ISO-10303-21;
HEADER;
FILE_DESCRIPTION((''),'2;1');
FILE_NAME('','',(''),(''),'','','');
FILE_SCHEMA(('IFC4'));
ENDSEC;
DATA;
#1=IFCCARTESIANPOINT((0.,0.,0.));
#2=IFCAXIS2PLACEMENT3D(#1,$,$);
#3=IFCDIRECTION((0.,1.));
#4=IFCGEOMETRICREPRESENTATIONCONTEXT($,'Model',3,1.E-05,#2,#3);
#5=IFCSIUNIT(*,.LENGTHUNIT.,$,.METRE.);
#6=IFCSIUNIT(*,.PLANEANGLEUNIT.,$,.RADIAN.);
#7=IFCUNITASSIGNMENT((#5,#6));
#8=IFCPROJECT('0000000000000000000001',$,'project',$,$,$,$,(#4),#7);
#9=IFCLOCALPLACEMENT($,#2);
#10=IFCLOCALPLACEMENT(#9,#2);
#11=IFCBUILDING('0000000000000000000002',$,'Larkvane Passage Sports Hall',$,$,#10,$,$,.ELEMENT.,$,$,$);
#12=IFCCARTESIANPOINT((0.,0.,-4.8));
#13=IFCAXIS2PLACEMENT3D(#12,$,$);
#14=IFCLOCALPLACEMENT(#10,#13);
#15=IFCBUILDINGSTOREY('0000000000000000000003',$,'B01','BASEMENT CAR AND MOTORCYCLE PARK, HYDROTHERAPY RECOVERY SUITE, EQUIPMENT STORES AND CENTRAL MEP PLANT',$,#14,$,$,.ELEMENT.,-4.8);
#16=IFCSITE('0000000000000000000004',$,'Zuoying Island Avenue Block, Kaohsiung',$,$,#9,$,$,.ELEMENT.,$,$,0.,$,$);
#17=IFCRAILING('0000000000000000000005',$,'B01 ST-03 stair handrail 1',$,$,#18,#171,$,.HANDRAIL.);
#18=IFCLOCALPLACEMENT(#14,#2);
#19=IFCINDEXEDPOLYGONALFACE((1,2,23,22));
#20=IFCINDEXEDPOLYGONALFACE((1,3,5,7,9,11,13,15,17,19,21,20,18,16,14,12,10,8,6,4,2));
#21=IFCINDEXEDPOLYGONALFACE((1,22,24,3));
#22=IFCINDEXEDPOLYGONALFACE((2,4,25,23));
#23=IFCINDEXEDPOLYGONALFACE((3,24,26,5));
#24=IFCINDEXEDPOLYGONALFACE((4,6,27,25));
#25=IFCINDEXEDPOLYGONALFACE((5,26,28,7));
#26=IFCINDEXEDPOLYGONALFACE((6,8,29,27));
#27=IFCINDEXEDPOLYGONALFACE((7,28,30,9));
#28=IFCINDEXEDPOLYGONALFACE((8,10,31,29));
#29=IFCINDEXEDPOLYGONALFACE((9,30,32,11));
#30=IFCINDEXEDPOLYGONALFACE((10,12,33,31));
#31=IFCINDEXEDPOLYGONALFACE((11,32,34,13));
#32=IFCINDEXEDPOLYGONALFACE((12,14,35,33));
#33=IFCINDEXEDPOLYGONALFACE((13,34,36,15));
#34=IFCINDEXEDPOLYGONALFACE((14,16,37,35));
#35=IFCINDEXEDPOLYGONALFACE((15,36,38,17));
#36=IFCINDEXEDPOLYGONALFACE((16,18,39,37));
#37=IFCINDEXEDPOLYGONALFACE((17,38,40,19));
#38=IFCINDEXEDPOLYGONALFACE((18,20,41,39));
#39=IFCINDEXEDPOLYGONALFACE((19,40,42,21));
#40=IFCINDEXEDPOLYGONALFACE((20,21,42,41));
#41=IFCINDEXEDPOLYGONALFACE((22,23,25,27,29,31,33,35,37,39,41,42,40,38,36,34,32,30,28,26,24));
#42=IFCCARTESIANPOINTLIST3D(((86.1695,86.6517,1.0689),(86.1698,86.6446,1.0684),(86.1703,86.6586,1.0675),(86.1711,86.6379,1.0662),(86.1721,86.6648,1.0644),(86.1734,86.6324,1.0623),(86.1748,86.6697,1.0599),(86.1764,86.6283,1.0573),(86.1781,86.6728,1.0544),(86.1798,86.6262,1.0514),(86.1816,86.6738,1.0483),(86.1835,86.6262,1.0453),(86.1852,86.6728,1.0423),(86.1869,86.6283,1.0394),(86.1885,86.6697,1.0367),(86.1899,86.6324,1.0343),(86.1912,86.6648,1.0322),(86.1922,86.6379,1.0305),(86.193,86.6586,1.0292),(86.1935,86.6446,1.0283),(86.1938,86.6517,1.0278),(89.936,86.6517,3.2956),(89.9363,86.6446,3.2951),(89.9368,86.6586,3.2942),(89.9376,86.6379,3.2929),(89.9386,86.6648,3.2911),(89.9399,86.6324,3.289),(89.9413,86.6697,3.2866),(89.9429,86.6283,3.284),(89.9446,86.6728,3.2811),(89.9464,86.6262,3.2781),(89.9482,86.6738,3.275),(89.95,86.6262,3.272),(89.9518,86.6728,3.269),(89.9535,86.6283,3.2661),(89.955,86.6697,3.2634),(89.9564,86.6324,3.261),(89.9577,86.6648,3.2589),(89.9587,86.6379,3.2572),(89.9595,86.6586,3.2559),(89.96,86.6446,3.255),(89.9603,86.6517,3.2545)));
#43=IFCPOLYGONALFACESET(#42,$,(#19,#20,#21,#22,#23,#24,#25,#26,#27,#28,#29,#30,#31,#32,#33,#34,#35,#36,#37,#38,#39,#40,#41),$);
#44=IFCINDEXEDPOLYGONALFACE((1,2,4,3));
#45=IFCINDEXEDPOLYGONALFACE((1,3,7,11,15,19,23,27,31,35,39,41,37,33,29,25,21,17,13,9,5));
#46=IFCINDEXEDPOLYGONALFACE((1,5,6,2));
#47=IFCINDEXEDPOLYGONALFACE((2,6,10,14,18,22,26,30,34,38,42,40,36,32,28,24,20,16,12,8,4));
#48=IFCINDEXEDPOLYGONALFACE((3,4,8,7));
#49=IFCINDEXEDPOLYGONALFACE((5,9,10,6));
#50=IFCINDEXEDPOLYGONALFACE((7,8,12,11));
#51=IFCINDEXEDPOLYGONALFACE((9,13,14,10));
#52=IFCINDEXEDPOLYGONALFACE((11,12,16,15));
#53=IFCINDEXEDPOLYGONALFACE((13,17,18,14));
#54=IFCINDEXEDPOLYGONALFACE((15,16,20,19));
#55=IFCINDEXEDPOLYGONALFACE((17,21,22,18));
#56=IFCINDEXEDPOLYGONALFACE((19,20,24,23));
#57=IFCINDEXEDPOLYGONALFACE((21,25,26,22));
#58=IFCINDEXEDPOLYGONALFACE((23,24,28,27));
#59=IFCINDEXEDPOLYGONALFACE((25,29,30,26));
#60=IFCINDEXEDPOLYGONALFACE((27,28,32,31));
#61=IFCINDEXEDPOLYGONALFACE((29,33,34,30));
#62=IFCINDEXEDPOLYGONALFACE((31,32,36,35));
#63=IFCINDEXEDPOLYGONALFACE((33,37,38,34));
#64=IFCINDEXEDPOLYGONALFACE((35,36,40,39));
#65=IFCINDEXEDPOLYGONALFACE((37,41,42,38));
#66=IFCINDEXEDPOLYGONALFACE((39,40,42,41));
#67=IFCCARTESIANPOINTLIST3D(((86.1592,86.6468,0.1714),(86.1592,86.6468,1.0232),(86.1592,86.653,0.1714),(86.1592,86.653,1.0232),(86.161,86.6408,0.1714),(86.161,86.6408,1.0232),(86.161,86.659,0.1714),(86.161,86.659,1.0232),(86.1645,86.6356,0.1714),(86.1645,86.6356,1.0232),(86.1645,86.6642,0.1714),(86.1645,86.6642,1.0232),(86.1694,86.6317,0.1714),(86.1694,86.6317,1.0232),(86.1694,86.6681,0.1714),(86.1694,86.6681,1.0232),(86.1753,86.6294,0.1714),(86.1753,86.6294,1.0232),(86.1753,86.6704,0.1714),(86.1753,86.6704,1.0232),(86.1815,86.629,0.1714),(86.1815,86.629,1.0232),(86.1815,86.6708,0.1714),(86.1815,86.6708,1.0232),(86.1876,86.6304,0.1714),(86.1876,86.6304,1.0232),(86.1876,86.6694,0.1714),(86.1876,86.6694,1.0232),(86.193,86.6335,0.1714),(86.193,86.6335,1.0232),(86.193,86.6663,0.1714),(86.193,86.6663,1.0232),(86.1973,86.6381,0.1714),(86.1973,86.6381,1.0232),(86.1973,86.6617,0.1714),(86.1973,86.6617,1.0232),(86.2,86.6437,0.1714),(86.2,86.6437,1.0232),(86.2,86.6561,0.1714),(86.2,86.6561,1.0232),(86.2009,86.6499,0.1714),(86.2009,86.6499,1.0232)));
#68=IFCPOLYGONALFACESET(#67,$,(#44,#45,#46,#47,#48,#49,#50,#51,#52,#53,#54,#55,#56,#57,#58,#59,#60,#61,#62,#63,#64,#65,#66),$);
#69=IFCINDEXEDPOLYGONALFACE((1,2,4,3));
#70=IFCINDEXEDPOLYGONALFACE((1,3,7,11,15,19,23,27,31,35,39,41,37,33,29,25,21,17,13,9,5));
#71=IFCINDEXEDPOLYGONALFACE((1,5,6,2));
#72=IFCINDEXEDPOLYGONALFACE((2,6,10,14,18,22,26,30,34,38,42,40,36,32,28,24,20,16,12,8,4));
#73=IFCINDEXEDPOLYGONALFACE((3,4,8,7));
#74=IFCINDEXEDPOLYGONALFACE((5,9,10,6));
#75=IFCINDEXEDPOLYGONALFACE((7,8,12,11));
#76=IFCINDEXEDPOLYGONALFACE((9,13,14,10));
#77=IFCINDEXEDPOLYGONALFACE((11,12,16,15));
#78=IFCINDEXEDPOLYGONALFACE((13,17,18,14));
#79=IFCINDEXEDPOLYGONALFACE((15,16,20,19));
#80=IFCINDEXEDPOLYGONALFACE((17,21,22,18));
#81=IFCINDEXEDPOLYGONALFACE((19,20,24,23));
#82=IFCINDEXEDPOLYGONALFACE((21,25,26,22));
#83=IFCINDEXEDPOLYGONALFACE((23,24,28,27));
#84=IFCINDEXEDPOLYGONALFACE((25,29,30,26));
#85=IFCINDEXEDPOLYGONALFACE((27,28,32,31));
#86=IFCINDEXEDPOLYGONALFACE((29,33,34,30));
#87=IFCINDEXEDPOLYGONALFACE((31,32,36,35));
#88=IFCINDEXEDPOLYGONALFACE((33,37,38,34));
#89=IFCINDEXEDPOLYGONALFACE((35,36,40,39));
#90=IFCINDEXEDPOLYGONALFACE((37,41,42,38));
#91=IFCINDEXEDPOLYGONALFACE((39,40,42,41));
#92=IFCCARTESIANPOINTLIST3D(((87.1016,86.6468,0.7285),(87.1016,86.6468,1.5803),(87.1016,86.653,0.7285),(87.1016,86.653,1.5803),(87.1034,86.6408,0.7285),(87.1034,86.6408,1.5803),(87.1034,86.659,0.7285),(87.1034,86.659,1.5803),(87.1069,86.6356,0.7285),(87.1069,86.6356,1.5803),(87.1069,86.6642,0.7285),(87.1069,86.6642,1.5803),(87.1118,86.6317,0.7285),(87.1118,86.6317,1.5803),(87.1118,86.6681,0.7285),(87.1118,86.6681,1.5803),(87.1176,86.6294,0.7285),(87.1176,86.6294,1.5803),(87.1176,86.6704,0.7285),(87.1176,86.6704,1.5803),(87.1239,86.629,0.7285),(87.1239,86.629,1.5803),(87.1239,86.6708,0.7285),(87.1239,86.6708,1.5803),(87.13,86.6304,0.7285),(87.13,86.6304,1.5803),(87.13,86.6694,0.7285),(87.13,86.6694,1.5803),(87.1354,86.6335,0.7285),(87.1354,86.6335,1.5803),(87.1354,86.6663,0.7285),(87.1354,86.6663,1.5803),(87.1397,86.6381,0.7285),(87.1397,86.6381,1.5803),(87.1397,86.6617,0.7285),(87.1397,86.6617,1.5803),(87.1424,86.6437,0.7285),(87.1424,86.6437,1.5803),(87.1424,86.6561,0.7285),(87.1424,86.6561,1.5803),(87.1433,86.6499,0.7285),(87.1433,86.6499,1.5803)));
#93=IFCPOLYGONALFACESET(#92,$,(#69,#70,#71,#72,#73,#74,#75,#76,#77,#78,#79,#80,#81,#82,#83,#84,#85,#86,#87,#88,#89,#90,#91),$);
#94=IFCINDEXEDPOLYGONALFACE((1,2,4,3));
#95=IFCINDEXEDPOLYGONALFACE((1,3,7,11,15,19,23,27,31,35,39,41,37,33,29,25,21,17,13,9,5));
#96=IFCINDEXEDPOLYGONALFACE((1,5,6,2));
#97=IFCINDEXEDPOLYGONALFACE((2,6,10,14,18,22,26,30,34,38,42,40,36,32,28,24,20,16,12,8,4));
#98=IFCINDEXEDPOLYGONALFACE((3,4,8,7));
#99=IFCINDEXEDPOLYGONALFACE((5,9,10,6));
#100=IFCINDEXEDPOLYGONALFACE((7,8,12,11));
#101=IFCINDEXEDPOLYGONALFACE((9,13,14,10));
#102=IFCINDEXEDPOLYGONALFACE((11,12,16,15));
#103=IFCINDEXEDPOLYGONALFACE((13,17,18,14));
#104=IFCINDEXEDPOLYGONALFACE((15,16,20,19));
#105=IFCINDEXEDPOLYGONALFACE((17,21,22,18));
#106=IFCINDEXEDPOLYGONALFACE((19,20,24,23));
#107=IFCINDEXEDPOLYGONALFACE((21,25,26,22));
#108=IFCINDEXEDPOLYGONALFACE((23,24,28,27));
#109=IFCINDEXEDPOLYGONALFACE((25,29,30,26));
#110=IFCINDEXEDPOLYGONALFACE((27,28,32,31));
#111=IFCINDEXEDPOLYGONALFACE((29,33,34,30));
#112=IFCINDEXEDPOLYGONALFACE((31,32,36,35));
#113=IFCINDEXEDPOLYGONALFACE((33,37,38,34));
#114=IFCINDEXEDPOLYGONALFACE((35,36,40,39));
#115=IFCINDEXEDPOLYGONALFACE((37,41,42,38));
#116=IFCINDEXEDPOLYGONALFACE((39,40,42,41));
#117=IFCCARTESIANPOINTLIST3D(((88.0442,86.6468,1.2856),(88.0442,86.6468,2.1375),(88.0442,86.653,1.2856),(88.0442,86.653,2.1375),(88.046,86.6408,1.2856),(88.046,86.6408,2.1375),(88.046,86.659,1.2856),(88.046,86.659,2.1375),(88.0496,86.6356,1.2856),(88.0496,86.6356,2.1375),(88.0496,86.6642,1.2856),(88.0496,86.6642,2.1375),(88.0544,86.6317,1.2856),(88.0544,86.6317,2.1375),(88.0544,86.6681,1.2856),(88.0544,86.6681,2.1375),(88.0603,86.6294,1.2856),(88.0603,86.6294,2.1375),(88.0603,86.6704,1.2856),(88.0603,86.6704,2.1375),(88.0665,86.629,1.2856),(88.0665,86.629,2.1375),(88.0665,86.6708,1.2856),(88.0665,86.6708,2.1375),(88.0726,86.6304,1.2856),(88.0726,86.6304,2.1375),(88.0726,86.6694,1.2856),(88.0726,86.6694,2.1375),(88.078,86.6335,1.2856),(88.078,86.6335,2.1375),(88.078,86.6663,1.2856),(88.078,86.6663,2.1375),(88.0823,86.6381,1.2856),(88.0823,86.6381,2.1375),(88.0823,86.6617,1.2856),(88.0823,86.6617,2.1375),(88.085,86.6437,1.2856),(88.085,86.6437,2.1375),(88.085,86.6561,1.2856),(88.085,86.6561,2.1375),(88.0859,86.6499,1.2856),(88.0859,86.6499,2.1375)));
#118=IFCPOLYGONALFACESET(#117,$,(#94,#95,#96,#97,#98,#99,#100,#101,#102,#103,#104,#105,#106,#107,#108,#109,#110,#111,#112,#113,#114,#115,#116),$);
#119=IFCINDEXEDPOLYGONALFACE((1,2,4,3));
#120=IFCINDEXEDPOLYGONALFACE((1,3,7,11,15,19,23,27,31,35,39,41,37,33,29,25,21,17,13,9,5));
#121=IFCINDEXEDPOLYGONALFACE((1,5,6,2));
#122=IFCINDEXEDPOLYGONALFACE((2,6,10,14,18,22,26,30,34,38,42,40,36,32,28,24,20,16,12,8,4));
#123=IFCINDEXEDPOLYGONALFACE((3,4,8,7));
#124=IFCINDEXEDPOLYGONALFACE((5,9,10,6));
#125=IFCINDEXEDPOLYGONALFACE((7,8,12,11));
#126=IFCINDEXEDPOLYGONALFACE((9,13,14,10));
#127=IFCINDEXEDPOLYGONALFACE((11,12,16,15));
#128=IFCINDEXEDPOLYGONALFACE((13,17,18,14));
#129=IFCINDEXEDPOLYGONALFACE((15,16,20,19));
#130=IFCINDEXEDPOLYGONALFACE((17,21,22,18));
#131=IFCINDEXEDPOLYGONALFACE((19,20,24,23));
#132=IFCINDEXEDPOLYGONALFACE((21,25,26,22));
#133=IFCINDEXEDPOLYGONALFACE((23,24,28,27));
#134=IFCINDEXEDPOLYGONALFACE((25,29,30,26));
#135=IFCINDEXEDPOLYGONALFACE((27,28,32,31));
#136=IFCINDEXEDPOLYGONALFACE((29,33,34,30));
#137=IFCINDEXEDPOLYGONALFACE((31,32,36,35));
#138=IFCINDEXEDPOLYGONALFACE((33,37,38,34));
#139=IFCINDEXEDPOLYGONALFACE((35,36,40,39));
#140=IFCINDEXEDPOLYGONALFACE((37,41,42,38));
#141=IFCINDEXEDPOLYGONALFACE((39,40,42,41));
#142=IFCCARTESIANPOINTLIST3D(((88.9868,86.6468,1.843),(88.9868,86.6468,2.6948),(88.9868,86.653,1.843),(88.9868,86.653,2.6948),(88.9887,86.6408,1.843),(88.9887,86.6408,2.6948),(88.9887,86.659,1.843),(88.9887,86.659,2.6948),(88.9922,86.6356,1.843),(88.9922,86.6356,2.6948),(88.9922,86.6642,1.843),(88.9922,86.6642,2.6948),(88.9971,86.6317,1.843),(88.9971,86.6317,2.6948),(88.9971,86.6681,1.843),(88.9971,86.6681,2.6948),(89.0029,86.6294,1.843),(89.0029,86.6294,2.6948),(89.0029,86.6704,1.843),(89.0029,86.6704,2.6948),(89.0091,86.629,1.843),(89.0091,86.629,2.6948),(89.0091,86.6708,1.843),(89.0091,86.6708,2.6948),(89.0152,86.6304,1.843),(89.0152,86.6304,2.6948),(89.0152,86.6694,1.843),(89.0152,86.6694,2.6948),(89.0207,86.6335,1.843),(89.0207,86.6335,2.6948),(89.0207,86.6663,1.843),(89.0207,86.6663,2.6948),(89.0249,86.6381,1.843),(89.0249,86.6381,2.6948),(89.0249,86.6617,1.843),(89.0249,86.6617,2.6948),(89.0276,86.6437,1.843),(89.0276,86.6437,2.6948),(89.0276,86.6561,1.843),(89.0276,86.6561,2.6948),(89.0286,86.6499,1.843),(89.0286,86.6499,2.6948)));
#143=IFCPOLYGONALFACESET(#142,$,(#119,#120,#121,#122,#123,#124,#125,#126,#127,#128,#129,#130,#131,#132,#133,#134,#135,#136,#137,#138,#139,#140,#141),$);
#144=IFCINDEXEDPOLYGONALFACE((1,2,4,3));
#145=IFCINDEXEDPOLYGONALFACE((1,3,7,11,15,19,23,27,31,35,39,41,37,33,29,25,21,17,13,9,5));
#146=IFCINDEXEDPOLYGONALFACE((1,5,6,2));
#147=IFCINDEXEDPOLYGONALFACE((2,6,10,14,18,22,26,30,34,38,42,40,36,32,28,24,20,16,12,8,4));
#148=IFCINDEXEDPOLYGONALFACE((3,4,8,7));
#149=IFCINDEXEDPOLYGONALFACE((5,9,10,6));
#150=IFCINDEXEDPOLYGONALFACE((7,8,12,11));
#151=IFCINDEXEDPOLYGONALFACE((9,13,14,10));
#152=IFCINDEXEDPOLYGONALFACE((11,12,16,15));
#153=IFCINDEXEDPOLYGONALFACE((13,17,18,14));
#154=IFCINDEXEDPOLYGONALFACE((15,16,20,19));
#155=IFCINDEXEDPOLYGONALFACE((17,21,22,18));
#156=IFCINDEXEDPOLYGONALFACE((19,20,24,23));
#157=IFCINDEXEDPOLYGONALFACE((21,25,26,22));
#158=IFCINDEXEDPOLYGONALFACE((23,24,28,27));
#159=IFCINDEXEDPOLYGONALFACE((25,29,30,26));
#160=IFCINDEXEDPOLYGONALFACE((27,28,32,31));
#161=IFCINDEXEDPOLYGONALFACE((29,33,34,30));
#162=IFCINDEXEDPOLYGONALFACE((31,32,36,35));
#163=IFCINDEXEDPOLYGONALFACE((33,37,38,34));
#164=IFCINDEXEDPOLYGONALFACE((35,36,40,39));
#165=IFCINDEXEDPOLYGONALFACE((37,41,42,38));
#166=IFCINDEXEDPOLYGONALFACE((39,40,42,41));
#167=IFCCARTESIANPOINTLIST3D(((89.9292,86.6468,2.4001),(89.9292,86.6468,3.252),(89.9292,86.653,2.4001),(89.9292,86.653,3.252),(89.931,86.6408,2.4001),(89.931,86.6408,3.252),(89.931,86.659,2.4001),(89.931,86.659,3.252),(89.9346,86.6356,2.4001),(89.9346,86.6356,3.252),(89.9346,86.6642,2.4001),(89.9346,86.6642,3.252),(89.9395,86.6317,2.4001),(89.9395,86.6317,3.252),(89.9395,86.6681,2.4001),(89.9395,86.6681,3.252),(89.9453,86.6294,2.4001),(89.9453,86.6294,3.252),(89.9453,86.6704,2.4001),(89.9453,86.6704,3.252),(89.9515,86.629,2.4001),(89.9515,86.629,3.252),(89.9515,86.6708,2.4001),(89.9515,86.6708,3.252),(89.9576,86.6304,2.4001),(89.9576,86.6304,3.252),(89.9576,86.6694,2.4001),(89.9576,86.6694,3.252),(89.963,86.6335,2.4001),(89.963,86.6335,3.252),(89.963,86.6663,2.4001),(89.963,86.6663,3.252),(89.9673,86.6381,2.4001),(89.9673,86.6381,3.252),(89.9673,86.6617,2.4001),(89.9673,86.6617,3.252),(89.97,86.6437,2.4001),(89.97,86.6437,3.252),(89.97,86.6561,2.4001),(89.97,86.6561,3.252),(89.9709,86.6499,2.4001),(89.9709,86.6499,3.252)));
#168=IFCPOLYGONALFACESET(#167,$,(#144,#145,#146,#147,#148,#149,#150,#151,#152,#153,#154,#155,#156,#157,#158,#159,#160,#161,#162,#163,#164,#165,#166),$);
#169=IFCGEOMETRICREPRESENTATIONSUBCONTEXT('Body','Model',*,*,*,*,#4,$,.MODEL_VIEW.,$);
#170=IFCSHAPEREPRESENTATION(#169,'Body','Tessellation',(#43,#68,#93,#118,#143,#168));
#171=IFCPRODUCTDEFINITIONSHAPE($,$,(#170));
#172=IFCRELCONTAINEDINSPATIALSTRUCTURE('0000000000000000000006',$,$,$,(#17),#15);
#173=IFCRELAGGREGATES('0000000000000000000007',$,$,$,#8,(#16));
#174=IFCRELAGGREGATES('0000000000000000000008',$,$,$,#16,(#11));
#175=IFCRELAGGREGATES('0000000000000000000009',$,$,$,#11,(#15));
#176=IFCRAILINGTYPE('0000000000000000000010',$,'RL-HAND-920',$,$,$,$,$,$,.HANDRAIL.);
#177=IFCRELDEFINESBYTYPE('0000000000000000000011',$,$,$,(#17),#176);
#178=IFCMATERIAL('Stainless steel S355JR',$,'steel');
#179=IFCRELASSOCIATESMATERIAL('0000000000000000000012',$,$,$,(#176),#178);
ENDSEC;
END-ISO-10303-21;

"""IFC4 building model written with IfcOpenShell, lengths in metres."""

from ifc_helpers import new_model, si_unit, direction, frame, origin, origin_2d, place, context, subcontext, project, spatial, circle, extrude, material, type_object, element, save


model = new_model("IFC4")

# Units and contexts
model_context = context("Model", 3, precision=1e-05, world=origin(), true_north=direction((0.0, 1.0)))
body_context = subcontext(model_context, "Body", "Model", "MODEL_VIEW")
ifc_project = project(units=[si_unit("LENGTHUNIT", "METRE"), si_unit("PLANEANGLEUNIT", "RADIAN")], contexts=[model_context])

# Site, building, storey
site_placement = place(None, origin())
site = spatial("IfcSite", under=ifc_project, at=site_placement, Name="Zuoying Island Avenue Block, Kaohsiung", CompositionType="ELEMENT", RefElevation=0.0)
building_placement = place(site_placement, origin())
building = spatial("IfcBuilding", under=site, at=building_placement, Name="Larkvane Passage Sports Hall", CompositionType="ELEMENT")
storey_placement = place(building_placement, frame((0.0, 0.0, -4.8)))
storey = spatial("IfcBuildingStorey", under=building, at=storey_placement, Name="B01", Description="BASEMENT CAR AND MOTORCYCLE PARK, HYDROTHERAPY RECOVERY SUITE, EQUIPMENT STORES AND CENTRAL MEP PLANT", CompositionType="ELEMENT", Elevation=-4.8)

# Railing
ifc_material_1 = material(Name="Stainless steel S355JR", Category="steel")
railing_type_1 = type_object("IfcRailingType", Name="RL-HAND-920", PredefinedType="HANDRAIL", material=ifc_material_1)
railing_1_placement = place(storey_placement, frame((86.1799, 86.6499, 0.1714)))
element("IfcRailing", 1, at=railing_1_placement, inside=storey, type_object=railing_type_1, Name="B01 ST-03 stair handrail 1", PredefinedType="HANDRAIL", context=body_context, shape_type="SweptSolid", body=[
    extrude(circle(Radius=0.0239, at=origin_2d()), frame((0.0017, 0.0, 0.877), z_axis=(0.860824, 0.0, 0.508902), x_axis=(0.0, 1.0, 0.0)), (0.0, 0.0, 1.0), 4.3755),
    extrude(circle(Radius=0.021, at=origin_2d()), origin(), (0.0, 0.0, 1.0), 0.8518),
    extrude(circle(Radius=0.021, at=origin_2d()), frame((0.9424, 0.0, 0.5571)), (0.0, 0.0, 1.0), 0.8518),
    extrude(circle(Radius=0.021, at=origin_2d()), frame((1.885, 0.0, 1.1143)), (0.0, 0.0, 1.0), 0.8518),
    extrude(circle(Radius=0.021, at=origin_2d()), frame((2.8276, 0.0, 1.6716)), (0.0, 0.0, 1.0), 0.8518),
    extrude(circle(Radius=0.021, at=origin_2d()), frame((3.77, 0.0, 2.2288)), (0.0, 0.0, 1.0), 0.8518),
])

save(model, "model.ifc")
